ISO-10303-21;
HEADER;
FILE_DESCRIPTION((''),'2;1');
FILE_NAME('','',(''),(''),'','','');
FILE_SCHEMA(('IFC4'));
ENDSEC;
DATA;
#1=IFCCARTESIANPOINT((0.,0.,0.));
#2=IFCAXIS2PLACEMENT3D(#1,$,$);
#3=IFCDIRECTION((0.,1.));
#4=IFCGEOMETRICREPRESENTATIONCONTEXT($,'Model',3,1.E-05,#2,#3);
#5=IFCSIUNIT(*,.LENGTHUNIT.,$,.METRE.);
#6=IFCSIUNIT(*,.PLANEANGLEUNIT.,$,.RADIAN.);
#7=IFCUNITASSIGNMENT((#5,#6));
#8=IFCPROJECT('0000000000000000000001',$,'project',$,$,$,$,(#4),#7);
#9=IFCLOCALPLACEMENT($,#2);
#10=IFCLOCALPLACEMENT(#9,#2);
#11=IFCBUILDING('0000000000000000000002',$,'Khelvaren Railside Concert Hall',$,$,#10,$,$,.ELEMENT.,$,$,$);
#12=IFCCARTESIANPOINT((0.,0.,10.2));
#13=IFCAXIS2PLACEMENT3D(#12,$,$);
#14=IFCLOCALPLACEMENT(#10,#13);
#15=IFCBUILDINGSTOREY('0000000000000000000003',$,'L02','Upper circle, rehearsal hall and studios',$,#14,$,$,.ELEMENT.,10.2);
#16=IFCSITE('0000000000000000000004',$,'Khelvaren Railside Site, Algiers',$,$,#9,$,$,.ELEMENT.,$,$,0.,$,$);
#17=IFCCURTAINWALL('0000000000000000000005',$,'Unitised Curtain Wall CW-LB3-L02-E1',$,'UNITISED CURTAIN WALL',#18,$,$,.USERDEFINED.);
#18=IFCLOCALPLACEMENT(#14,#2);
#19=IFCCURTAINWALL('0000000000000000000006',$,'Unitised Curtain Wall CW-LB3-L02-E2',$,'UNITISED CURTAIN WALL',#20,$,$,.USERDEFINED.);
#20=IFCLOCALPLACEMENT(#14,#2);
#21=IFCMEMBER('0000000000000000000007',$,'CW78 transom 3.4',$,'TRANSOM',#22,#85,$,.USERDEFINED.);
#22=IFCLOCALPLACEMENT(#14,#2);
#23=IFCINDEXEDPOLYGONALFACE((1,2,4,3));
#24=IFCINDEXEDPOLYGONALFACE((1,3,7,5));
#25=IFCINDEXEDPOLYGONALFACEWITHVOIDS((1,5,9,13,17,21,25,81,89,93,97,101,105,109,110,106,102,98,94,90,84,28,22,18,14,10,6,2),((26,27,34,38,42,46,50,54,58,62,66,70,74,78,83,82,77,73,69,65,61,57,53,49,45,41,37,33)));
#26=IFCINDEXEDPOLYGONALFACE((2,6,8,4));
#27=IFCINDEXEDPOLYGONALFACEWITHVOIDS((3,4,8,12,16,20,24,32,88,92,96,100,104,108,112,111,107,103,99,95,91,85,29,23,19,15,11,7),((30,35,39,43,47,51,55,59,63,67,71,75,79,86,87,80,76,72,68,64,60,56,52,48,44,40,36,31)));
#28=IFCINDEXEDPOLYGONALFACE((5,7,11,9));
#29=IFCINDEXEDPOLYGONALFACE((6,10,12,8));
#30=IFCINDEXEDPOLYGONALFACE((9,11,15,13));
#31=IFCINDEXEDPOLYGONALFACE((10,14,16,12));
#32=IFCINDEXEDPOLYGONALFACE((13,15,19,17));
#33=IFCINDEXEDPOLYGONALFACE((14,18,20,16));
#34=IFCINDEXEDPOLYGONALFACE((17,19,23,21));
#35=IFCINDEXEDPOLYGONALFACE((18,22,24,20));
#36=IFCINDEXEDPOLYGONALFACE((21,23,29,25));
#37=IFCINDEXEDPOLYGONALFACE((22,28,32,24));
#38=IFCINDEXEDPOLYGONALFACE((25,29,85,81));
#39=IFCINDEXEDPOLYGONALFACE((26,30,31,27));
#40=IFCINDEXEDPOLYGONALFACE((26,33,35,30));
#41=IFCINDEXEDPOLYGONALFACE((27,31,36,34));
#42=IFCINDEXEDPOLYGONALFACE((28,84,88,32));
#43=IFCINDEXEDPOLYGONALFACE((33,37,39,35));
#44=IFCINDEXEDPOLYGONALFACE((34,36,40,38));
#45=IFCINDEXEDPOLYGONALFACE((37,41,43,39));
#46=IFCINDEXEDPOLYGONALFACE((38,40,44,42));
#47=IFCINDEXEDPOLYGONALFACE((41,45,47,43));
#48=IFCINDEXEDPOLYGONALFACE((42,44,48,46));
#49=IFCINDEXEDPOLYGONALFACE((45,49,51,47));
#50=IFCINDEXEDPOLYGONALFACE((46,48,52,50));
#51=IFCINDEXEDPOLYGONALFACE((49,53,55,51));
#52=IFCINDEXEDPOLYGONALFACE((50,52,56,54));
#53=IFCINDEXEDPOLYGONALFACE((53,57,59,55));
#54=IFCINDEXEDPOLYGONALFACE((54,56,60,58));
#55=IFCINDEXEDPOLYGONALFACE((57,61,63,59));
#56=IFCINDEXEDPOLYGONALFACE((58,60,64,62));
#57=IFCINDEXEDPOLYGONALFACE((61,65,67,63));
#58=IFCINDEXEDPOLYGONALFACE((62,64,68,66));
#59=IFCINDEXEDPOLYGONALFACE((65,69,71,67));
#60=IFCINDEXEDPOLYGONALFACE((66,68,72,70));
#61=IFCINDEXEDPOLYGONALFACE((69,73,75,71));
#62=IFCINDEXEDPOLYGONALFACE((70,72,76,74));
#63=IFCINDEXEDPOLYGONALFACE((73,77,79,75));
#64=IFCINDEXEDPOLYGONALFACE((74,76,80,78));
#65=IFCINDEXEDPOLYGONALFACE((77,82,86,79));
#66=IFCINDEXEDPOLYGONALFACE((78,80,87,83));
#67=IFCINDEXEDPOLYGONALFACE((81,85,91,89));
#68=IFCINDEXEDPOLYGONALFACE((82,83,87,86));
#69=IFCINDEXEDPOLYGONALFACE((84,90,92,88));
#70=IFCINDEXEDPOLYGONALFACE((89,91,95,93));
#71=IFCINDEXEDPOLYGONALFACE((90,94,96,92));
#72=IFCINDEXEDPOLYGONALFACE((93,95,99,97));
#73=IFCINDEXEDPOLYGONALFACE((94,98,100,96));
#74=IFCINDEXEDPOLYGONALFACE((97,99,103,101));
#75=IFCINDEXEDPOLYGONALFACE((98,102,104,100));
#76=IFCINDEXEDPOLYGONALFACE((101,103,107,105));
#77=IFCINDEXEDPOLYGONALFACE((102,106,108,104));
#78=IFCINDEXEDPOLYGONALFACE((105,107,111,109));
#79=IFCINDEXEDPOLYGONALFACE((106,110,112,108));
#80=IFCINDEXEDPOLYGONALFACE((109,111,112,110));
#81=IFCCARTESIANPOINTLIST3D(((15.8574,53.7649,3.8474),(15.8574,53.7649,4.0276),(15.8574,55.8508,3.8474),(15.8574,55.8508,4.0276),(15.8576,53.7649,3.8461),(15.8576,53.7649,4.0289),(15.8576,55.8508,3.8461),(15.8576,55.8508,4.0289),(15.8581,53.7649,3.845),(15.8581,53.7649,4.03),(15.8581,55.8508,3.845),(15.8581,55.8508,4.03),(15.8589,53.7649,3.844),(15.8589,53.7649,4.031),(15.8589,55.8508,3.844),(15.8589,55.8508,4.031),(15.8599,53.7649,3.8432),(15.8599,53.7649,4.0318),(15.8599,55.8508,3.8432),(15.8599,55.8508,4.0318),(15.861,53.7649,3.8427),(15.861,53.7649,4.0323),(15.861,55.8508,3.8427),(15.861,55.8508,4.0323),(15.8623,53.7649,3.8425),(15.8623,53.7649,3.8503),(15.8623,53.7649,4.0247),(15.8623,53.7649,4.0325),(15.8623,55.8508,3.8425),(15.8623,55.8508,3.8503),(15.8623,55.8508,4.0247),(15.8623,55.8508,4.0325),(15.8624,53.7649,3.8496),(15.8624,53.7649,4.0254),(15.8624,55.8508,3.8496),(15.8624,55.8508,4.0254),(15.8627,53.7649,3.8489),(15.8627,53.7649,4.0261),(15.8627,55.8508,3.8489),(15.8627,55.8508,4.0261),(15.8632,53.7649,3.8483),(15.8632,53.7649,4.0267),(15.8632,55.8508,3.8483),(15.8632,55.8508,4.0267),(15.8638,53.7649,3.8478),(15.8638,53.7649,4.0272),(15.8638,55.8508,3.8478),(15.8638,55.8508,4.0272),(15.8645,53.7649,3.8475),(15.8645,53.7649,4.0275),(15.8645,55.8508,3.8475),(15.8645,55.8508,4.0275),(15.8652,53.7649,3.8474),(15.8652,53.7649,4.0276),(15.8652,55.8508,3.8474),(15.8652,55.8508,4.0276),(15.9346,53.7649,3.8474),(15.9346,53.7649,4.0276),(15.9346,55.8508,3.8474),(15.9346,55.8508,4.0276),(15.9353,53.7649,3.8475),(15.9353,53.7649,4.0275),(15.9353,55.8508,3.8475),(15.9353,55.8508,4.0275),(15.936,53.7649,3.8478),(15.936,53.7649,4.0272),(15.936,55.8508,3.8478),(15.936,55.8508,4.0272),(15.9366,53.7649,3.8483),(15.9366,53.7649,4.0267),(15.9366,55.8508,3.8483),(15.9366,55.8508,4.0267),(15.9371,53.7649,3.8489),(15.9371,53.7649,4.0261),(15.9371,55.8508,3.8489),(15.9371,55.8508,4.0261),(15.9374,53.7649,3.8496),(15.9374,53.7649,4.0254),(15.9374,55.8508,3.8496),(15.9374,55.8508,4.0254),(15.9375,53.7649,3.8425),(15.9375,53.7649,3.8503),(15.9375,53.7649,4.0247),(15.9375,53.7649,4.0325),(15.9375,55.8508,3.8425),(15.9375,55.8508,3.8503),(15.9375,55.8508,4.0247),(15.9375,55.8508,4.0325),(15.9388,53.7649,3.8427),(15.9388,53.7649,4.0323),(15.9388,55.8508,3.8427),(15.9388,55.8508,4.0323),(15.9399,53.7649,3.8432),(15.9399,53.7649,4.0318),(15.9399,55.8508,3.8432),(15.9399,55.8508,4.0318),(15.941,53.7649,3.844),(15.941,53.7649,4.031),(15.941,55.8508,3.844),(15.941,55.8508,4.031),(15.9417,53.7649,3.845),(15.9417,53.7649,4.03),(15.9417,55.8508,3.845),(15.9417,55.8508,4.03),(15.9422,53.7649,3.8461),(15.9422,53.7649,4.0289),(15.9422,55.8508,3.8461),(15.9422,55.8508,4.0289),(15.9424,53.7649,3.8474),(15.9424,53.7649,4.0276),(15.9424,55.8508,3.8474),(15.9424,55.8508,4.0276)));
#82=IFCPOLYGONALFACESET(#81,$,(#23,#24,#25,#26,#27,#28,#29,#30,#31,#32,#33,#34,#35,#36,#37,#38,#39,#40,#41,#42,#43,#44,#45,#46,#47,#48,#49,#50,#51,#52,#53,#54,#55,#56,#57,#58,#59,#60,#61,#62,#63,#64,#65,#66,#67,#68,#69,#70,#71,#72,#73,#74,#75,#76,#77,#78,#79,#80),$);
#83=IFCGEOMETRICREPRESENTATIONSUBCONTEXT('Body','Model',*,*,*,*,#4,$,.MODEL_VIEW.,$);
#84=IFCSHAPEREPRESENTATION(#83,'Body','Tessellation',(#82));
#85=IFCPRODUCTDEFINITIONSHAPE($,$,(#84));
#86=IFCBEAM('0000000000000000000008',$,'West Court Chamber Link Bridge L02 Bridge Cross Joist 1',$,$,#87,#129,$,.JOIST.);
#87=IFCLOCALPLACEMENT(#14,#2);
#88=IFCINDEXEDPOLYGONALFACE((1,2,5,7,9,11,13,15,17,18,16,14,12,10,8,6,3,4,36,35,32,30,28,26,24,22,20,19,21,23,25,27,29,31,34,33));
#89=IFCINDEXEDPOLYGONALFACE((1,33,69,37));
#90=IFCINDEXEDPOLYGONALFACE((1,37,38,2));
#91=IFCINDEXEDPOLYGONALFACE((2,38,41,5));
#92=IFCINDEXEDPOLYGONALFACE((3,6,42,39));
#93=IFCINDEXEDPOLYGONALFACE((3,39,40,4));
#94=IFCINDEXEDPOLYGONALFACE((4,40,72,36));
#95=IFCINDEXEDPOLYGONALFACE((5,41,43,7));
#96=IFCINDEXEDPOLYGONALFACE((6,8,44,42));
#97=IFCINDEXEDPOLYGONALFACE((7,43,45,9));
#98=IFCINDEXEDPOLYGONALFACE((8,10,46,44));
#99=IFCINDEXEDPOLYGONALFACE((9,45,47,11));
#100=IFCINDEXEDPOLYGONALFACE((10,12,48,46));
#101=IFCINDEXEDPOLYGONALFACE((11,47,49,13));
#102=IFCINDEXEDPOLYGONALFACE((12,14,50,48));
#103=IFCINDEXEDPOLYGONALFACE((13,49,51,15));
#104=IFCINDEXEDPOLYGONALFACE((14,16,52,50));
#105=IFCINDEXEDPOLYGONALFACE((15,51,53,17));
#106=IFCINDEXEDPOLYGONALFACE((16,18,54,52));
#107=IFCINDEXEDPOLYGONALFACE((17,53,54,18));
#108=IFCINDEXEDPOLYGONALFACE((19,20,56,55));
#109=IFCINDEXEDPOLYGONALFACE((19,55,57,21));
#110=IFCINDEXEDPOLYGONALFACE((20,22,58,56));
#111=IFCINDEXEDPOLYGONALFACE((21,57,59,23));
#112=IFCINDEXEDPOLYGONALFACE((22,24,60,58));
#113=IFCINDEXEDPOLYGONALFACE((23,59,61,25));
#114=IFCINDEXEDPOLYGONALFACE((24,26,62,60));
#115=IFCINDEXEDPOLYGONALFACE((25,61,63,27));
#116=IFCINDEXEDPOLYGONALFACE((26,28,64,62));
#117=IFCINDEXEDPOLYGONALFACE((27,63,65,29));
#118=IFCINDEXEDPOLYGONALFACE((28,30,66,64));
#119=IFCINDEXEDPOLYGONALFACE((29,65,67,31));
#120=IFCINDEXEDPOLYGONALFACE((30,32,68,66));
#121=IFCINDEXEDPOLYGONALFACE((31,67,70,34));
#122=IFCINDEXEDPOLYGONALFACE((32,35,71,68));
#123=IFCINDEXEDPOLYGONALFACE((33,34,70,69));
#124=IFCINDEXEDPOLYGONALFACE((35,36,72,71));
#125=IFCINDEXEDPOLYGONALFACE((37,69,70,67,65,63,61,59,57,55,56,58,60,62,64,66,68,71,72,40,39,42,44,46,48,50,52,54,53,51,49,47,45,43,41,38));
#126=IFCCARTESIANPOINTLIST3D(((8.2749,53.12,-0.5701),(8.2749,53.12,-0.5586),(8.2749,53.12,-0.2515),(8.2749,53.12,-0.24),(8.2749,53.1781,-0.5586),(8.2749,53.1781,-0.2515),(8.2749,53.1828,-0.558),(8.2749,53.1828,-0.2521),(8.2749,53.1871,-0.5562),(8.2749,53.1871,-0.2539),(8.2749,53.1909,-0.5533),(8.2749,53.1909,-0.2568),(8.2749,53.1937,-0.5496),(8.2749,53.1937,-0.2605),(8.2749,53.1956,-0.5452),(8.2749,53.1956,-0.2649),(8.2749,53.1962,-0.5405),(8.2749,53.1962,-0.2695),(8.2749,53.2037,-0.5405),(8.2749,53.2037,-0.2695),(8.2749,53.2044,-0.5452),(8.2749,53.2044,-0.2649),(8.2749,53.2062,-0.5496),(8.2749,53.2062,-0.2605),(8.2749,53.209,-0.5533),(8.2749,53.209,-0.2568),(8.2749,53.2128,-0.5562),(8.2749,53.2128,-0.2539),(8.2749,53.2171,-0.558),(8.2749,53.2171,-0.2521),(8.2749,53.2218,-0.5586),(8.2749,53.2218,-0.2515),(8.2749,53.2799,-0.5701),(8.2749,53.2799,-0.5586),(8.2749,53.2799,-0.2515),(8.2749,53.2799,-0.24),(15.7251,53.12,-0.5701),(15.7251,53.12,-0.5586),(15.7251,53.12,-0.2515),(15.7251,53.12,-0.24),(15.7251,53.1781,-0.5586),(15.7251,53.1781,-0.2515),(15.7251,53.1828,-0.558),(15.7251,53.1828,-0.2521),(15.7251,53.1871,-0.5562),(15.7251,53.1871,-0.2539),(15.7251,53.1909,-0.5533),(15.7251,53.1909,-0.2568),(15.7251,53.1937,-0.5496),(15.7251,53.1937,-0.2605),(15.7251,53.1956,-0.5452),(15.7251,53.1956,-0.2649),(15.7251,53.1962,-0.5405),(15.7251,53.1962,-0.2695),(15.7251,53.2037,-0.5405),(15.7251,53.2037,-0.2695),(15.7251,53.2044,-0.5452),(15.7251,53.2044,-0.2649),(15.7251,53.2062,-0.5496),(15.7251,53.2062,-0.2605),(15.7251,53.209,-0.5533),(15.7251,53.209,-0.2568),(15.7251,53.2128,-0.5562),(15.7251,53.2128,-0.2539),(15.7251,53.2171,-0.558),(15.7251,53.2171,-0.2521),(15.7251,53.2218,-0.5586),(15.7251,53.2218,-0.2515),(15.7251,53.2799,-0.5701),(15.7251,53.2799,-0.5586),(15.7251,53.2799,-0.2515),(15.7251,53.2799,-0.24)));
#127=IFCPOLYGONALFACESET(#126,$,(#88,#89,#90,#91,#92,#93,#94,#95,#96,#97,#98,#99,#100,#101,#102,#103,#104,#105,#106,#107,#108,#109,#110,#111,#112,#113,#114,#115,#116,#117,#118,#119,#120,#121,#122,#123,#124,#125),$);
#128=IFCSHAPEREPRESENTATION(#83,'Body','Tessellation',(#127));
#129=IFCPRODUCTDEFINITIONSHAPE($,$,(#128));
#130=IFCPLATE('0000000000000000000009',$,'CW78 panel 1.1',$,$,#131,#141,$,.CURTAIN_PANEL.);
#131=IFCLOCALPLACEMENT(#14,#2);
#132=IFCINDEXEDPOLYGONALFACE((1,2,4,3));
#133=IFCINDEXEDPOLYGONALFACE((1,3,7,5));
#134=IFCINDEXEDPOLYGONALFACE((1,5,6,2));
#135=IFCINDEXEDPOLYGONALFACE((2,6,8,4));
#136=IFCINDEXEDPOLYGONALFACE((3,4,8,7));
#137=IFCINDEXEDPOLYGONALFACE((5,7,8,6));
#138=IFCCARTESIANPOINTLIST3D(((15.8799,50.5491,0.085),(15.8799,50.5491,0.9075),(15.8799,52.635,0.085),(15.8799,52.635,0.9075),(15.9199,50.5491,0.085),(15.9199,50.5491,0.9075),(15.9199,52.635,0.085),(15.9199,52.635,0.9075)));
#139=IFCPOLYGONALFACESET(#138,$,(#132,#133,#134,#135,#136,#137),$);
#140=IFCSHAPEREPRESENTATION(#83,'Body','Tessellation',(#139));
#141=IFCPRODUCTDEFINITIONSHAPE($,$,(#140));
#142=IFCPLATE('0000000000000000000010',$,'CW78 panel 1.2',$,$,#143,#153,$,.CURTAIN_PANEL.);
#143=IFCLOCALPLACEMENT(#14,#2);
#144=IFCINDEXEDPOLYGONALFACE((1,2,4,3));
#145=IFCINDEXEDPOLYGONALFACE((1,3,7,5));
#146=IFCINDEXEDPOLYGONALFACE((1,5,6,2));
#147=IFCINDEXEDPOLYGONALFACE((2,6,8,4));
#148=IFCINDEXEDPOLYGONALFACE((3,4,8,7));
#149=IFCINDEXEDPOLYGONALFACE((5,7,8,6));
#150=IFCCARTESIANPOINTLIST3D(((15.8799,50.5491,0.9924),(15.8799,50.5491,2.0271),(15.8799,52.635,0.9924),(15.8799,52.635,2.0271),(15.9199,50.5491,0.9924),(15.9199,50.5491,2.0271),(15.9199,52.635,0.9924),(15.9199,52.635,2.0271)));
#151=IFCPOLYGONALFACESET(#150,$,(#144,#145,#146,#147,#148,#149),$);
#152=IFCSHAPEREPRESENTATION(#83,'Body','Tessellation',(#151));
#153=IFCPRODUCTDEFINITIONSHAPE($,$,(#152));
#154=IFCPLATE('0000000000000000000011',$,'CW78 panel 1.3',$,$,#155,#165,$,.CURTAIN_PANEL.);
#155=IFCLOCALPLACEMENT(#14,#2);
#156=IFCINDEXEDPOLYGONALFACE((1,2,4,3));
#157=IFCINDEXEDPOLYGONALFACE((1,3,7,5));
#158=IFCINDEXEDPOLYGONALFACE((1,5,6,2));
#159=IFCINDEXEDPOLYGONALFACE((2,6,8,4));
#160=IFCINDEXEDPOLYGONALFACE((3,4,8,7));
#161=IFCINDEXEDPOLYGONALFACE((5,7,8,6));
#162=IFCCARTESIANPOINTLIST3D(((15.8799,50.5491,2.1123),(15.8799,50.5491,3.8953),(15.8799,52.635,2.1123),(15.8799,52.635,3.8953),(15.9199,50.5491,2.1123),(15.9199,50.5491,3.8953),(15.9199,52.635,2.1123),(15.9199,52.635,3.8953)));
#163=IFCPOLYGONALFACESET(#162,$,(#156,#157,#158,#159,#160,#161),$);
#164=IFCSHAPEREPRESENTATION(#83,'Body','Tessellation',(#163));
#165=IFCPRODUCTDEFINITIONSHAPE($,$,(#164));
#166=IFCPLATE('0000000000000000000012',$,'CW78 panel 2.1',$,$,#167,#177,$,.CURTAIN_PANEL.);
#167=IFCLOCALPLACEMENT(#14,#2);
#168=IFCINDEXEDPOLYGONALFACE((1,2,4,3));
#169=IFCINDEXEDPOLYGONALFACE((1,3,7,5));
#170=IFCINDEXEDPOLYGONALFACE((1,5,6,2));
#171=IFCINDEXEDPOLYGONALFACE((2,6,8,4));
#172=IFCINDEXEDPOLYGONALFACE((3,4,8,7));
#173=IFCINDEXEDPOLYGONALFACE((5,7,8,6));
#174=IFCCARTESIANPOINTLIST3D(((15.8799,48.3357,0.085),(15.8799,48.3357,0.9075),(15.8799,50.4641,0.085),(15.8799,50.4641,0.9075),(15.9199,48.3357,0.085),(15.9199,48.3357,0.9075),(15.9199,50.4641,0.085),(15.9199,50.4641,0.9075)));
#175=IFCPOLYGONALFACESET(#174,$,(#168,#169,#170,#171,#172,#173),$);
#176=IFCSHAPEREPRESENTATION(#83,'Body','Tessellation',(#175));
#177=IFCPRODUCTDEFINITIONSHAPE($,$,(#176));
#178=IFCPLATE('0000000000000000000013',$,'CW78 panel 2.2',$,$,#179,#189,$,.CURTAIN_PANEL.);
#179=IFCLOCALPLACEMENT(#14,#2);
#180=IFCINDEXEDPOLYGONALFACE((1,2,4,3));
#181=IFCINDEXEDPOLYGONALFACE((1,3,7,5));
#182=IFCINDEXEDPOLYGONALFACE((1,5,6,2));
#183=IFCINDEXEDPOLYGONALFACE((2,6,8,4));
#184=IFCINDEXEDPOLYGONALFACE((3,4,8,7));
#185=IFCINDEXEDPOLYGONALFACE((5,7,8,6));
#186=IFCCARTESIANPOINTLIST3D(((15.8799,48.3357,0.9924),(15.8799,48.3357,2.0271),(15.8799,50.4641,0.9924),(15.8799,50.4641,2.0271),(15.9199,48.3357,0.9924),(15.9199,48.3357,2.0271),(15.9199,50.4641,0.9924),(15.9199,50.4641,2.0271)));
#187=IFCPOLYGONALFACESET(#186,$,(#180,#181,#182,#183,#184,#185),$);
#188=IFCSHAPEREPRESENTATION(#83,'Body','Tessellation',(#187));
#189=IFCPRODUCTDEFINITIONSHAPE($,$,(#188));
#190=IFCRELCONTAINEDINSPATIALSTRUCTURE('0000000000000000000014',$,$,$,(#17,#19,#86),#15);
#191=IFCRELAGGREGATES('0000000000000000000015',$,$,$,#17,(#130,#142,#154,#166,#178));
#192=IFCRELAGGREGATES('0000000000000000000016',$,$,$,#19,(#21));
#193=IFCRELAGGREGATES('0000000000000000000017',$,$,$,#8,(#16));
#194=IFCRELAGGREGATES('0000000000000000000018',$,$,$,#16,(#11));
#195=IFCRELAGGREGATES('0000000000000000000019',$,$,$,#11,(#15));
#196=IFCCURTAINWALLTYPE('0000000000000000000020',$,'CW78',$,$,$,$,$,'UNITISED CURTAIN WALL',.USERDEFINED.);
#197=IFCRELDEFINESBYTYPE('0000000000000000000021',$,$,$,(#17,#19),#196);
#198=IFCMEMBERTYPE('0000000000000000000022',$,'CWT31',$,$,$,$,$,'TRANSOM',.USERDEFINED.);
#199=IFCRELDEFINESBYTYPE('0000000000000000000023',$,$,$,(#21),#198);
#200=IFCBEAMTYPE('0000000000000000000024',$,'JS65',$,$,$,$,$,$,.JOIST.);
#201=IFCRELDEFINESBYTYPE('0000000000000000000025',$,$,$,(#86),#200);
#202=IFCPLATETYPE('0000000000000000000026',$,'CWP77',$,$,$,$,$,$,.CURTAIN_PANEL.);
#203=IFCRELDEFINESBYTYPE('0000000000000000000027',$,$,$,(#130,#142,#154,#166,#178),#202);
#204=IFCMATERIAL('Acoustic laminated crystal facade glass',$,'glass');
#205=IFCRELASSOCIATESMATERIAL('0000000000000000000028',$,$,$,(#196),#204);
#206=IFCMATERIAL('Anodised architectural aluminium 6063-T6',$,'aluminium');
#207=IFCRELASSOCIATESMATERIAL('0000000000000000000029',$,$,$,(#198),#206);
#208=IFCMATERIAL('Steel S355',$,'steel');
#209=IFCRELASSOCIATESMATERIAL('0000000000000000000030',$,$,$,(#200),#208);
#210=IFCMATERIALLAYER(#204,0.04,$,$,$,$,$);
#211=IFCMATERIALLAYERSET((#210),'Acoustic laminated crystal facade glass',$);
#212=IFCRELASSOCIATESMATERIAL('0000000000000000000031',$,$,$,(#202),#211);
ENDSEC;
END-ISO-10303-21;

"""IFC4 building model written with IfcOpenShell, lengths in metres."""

from ifc_helpers import new_model, si_unit, direction, frame, origin, origin_2d, place, context, subcontext, project, spatial, rectangle, hollow_rectangle, i_section, extrude, material, layer, layer_set, material_profile, profile_set, type_object, element, aggregate, save


model = new_model("IFC4")

# Units and contexts
model_context = context("Model", 3, precision=1e-05, world=origin(), true_north=direction((0.0, 1.0)))
body_context = subcontext(model_context, "Body", "Model", "MODEL_VIEW")
ifc_project = project(units=[si_unit("LENGTHUNIT", "METRE"), si_unit("PLANEANGLEUNIT", "RADIAN")], contexts=[model_context])

# Site, building, storey
site_placement = place(None, origin())
site = spatial("IfcSite", under=ifc_project, at=site_placement, Name="Khelvaren Railside Site, Algiers", CompositionType="ELEMENT", RefElevation=0.0)
building_placement = place(site_placement, origin())
building = spatial("IfcBuilding", under=site, at=building_placement, Name="Khelvaren Railside Concert Hall", CompositionType="ELEMENT")
storey_placement = place(building_placement, frame((0.0, 0.0, 10.2)))
storey = spatial("IfcBuildingStorey", under=building, at=storey_placement, Name="L02", Description="Upper circle, rehearsal hall and studios", CompositionType="ELEMENT", Elevation=10.2)

# Curtain wall
ifc_material_1 = material(Name="Acoustic laminated crystal facade glass", Category="glass")
curtain_wall_type = type_object("IfcCurtainWallType", Name="CW78", ElementType="UNITISED CURTAIN WALL", PredefinedType="USERDEFINED", material=ifc_material_1)
curtain_wall_1_placement = place(storey_placement, origin())
curtain_wall_1 = element("IfcCurtainWall", 1, at=curtain_wall_1_placement, inside=storey, type_object=curtain_wall_type, Name="Unitised Curtain Wall CW-LB3-L02-E1", ObjectType="UNITISED CURTAIN WALL", PredefinedType="USERDEFINED")
ifc_material_2 = material(Name="Anodised architectural aluminium 6063-T6", Category="aluminium")

# Curtain wall
curtain_wall_2_placement = place(storey_placement, origin())
curtain_wall_2 = element("IfcCurtainWall", 2, at=curtain_wall_2_placement, inside=storey, type_object=curtain_wall_type, Name="Unitised Curtain Wall CW-LB3-L02-E2", ObjectType="UNITISED CURTAIN WALL", PredefinedType="USERDEFINED")

# Member
ifc_material_profile_1 = material_profile(ifc_material_2, hollow_rectangle(XDim=0.085, YDim=0.1899, WallThickness=0.0049, InnerFilletRadius=0.0029, OuterFilletRadius=0.0049, at=origin_2d()), Name="CWT 85x190x5")
ifc_profile_set_1 = profile_set([ifc_material_profile_1], Name="Anodised architectural aluminium 6063-T6")
member_type_1 = type_object("IfcMemberType", Name="CWT31", ElementType="TRANSOM", PredefinedType="USERDEFINED", material=ifc_profile_set_1)
member_1_placement = place(storey_placement, frame((15.8999, 55.8508, 3.9375), z_axis=(0.0, -1.0, 0.0), x_axis=(1.0, 0.0, 0.0)))
member_1 = element("IfcMember", 3, at=member_1_placement, type_object=member_type_1, Name="CW78 transom 3.4", ObjectType="TRANSOM", PredefinedType="USERDEFINED", context=body_context, shape_type="SweptSolid", body=[
    extrude(hollow_rectangle(XDim=0.085, YDim=0.1899, WallThickness=0.0049, InnerFilletRadius=0.0029, OuterFilletRadius=0.0049, at=origin_2d()), origin(), (0.0, 0.0, 1.0), 2.0859),
])

# Beam
ifc_material_3 = material(Name="Steel S355", Category="steel")
ifc_material_profile_2 = material_profile(ifc_material_3, i_section(OverallWidth=0.1599, OverallDepth=0.3301, WebThickness=0.0076, FlangeThickness=0.0115, FilletRadius=0.0181, at=origin_2d()), Name="IPE 330")
ifc_profile_set_2 = profile_set([ifc_material_profile_2], Name="Steel S355")
beam_type = type_object("IfcBeamType", Name="JS65", PredefinedType="JOIST", material=ifc_profile_set_2)
beam_placement = place(storey_placement, frame((8.2749, 53.2, -0.405), z_axis=(1.0, 0.0, 0.0), x_axis=(0.0, 1.0, 0.0)))
element("IfcBeam", 4, at=beam_placement, inside=storey, type_object=beam_type, Name="West Court Chamber Link Bridge L02 Bridge Cross Joist 1", PredefinedType="JOIST", context=body_context, shape_type="SweptSolid", body=[
    extrude(i_section(OverallWidth=0.1599, OverallDepth=0.3301, WebThickness=0.0076, FlangeThickness=0.0115, FilletRadius=0.0181, at=origin_2d()), origin(), (0.0, 0.0, 1.0), 7.4502),
])

# Plates
ifc_layer = layer(ifc_material_1, 0.04)
ifc_layer_set = layer_set([ifc_layer], Name="Acoustic laminated crystal facade glass")
plate_type = type_object("IfcPlateType", Name="CWP77", PredefinedType="CURTAIN_PANEL", material=ifc_layer_set)
plate_1_placement = place(storey_placement, frame((15.8999, 51.592, 0.085), z_axis=(0.0, 0.0, 1.0), x_axis=(0.0, -1.0, 0.0)))
plate_1 = element("IfcPlate", 5, at=plate_1_placement, type_object=plate_type, Name="CW78 panel 1.1", PredefinedType="CURTAIN_PANEL", context=body_context, shape_type="SweptSolid", body=[
    extrude(rectangle(XDim=2.0859, YDim=0.04, at=origin_2d()), origin(), (0.0, 0.0, 1.0), 0.8225),
])
plate_2_placement = place(storey_placement, frame((15.8999, 51.592, 0.9924), z_axis=(0.0, 0.0, 1.0), x_axis=(0.0, -1.0, 0.0)))
plate_2 = element("IfcPlate", 6, at=plate_2_placement, type_object=plate_type, Name="CW78 panel 1.2", PredefinedType="CURTAIN_PANEL", context=body_context, shape_type="SweptSolid", body=[
    extrude(rectangle(XDim=2.0859, YDim=0.04, at=origin_2d()), origin(), (0.0, 0.0, 1.0), 1.0347),
])
plate_3_placement = place(storey_placement, frame((15.8999, 51.592, 2.1123), z_axis=(0.0, 0.0, 1.0), x_axis=(0.0, -1.0, 0.0)))
plate_3 = element("IfcPlate", 7, at=plate_3_placement, type_object=plate_type, Name="CW78 panel 1.3", PredefinedType="CURTAIN_PANEL", context=body_context, shape_type="SweptSolid", body=[
    extrude(rectangle(XDim=2.0859, YDim=0.04, at=origin_2d()), origin(), (0.0, 0.0, 1.0), 1.783),
])
plate_4_placement = place(storey_placement, frame((15.8999, 49.3999, 0.085), z_axis=(0.0, 0.0, 1.0), x_axis=(0.0, -1.0, 0.0)))
plate_4 = element("IfcPlate", 8, at=plate_4_placement, type_object=plate_type, Name="CW78 panel 2.1", PredefinedType="CURTAIN_PANEL", context=body_context, shape_type="SweptSolid", body=[
    extrude(rectangle(XDim=2.1284, YDim=0.04, at=origin_2d()), origin(), (0.0, 0.0, 1.0), 0.8225),
])
plate_5_placement = place(storey_placement, frame((15.8999, 49.3999, 0.9924), z_axis=(0.0, 0.0, 1.0), x_axis=(0.0, -1.0, 0.0)))
plate_5 = element("IfcPlate", 9, at=plate_5_placement, type_object=plate_type, Name="CW78 panel 2.2", PredefinedType="CURTAIN_PANEL", context=body_context, shape_type="SweptSolid", body=[
    extrude(rectangle(XDim=2.1284, YDim=0.04, at=origin_2d()), origin(), (0.0, 0.0, 1.0), 1.0347),
])
aggregate(curtain_wall_1, [plate_1, plate_2, plate_3, plate_4, plate_5])
aggregate(curtain_wall_2, [member_1])

save(model, "model.ifc")
